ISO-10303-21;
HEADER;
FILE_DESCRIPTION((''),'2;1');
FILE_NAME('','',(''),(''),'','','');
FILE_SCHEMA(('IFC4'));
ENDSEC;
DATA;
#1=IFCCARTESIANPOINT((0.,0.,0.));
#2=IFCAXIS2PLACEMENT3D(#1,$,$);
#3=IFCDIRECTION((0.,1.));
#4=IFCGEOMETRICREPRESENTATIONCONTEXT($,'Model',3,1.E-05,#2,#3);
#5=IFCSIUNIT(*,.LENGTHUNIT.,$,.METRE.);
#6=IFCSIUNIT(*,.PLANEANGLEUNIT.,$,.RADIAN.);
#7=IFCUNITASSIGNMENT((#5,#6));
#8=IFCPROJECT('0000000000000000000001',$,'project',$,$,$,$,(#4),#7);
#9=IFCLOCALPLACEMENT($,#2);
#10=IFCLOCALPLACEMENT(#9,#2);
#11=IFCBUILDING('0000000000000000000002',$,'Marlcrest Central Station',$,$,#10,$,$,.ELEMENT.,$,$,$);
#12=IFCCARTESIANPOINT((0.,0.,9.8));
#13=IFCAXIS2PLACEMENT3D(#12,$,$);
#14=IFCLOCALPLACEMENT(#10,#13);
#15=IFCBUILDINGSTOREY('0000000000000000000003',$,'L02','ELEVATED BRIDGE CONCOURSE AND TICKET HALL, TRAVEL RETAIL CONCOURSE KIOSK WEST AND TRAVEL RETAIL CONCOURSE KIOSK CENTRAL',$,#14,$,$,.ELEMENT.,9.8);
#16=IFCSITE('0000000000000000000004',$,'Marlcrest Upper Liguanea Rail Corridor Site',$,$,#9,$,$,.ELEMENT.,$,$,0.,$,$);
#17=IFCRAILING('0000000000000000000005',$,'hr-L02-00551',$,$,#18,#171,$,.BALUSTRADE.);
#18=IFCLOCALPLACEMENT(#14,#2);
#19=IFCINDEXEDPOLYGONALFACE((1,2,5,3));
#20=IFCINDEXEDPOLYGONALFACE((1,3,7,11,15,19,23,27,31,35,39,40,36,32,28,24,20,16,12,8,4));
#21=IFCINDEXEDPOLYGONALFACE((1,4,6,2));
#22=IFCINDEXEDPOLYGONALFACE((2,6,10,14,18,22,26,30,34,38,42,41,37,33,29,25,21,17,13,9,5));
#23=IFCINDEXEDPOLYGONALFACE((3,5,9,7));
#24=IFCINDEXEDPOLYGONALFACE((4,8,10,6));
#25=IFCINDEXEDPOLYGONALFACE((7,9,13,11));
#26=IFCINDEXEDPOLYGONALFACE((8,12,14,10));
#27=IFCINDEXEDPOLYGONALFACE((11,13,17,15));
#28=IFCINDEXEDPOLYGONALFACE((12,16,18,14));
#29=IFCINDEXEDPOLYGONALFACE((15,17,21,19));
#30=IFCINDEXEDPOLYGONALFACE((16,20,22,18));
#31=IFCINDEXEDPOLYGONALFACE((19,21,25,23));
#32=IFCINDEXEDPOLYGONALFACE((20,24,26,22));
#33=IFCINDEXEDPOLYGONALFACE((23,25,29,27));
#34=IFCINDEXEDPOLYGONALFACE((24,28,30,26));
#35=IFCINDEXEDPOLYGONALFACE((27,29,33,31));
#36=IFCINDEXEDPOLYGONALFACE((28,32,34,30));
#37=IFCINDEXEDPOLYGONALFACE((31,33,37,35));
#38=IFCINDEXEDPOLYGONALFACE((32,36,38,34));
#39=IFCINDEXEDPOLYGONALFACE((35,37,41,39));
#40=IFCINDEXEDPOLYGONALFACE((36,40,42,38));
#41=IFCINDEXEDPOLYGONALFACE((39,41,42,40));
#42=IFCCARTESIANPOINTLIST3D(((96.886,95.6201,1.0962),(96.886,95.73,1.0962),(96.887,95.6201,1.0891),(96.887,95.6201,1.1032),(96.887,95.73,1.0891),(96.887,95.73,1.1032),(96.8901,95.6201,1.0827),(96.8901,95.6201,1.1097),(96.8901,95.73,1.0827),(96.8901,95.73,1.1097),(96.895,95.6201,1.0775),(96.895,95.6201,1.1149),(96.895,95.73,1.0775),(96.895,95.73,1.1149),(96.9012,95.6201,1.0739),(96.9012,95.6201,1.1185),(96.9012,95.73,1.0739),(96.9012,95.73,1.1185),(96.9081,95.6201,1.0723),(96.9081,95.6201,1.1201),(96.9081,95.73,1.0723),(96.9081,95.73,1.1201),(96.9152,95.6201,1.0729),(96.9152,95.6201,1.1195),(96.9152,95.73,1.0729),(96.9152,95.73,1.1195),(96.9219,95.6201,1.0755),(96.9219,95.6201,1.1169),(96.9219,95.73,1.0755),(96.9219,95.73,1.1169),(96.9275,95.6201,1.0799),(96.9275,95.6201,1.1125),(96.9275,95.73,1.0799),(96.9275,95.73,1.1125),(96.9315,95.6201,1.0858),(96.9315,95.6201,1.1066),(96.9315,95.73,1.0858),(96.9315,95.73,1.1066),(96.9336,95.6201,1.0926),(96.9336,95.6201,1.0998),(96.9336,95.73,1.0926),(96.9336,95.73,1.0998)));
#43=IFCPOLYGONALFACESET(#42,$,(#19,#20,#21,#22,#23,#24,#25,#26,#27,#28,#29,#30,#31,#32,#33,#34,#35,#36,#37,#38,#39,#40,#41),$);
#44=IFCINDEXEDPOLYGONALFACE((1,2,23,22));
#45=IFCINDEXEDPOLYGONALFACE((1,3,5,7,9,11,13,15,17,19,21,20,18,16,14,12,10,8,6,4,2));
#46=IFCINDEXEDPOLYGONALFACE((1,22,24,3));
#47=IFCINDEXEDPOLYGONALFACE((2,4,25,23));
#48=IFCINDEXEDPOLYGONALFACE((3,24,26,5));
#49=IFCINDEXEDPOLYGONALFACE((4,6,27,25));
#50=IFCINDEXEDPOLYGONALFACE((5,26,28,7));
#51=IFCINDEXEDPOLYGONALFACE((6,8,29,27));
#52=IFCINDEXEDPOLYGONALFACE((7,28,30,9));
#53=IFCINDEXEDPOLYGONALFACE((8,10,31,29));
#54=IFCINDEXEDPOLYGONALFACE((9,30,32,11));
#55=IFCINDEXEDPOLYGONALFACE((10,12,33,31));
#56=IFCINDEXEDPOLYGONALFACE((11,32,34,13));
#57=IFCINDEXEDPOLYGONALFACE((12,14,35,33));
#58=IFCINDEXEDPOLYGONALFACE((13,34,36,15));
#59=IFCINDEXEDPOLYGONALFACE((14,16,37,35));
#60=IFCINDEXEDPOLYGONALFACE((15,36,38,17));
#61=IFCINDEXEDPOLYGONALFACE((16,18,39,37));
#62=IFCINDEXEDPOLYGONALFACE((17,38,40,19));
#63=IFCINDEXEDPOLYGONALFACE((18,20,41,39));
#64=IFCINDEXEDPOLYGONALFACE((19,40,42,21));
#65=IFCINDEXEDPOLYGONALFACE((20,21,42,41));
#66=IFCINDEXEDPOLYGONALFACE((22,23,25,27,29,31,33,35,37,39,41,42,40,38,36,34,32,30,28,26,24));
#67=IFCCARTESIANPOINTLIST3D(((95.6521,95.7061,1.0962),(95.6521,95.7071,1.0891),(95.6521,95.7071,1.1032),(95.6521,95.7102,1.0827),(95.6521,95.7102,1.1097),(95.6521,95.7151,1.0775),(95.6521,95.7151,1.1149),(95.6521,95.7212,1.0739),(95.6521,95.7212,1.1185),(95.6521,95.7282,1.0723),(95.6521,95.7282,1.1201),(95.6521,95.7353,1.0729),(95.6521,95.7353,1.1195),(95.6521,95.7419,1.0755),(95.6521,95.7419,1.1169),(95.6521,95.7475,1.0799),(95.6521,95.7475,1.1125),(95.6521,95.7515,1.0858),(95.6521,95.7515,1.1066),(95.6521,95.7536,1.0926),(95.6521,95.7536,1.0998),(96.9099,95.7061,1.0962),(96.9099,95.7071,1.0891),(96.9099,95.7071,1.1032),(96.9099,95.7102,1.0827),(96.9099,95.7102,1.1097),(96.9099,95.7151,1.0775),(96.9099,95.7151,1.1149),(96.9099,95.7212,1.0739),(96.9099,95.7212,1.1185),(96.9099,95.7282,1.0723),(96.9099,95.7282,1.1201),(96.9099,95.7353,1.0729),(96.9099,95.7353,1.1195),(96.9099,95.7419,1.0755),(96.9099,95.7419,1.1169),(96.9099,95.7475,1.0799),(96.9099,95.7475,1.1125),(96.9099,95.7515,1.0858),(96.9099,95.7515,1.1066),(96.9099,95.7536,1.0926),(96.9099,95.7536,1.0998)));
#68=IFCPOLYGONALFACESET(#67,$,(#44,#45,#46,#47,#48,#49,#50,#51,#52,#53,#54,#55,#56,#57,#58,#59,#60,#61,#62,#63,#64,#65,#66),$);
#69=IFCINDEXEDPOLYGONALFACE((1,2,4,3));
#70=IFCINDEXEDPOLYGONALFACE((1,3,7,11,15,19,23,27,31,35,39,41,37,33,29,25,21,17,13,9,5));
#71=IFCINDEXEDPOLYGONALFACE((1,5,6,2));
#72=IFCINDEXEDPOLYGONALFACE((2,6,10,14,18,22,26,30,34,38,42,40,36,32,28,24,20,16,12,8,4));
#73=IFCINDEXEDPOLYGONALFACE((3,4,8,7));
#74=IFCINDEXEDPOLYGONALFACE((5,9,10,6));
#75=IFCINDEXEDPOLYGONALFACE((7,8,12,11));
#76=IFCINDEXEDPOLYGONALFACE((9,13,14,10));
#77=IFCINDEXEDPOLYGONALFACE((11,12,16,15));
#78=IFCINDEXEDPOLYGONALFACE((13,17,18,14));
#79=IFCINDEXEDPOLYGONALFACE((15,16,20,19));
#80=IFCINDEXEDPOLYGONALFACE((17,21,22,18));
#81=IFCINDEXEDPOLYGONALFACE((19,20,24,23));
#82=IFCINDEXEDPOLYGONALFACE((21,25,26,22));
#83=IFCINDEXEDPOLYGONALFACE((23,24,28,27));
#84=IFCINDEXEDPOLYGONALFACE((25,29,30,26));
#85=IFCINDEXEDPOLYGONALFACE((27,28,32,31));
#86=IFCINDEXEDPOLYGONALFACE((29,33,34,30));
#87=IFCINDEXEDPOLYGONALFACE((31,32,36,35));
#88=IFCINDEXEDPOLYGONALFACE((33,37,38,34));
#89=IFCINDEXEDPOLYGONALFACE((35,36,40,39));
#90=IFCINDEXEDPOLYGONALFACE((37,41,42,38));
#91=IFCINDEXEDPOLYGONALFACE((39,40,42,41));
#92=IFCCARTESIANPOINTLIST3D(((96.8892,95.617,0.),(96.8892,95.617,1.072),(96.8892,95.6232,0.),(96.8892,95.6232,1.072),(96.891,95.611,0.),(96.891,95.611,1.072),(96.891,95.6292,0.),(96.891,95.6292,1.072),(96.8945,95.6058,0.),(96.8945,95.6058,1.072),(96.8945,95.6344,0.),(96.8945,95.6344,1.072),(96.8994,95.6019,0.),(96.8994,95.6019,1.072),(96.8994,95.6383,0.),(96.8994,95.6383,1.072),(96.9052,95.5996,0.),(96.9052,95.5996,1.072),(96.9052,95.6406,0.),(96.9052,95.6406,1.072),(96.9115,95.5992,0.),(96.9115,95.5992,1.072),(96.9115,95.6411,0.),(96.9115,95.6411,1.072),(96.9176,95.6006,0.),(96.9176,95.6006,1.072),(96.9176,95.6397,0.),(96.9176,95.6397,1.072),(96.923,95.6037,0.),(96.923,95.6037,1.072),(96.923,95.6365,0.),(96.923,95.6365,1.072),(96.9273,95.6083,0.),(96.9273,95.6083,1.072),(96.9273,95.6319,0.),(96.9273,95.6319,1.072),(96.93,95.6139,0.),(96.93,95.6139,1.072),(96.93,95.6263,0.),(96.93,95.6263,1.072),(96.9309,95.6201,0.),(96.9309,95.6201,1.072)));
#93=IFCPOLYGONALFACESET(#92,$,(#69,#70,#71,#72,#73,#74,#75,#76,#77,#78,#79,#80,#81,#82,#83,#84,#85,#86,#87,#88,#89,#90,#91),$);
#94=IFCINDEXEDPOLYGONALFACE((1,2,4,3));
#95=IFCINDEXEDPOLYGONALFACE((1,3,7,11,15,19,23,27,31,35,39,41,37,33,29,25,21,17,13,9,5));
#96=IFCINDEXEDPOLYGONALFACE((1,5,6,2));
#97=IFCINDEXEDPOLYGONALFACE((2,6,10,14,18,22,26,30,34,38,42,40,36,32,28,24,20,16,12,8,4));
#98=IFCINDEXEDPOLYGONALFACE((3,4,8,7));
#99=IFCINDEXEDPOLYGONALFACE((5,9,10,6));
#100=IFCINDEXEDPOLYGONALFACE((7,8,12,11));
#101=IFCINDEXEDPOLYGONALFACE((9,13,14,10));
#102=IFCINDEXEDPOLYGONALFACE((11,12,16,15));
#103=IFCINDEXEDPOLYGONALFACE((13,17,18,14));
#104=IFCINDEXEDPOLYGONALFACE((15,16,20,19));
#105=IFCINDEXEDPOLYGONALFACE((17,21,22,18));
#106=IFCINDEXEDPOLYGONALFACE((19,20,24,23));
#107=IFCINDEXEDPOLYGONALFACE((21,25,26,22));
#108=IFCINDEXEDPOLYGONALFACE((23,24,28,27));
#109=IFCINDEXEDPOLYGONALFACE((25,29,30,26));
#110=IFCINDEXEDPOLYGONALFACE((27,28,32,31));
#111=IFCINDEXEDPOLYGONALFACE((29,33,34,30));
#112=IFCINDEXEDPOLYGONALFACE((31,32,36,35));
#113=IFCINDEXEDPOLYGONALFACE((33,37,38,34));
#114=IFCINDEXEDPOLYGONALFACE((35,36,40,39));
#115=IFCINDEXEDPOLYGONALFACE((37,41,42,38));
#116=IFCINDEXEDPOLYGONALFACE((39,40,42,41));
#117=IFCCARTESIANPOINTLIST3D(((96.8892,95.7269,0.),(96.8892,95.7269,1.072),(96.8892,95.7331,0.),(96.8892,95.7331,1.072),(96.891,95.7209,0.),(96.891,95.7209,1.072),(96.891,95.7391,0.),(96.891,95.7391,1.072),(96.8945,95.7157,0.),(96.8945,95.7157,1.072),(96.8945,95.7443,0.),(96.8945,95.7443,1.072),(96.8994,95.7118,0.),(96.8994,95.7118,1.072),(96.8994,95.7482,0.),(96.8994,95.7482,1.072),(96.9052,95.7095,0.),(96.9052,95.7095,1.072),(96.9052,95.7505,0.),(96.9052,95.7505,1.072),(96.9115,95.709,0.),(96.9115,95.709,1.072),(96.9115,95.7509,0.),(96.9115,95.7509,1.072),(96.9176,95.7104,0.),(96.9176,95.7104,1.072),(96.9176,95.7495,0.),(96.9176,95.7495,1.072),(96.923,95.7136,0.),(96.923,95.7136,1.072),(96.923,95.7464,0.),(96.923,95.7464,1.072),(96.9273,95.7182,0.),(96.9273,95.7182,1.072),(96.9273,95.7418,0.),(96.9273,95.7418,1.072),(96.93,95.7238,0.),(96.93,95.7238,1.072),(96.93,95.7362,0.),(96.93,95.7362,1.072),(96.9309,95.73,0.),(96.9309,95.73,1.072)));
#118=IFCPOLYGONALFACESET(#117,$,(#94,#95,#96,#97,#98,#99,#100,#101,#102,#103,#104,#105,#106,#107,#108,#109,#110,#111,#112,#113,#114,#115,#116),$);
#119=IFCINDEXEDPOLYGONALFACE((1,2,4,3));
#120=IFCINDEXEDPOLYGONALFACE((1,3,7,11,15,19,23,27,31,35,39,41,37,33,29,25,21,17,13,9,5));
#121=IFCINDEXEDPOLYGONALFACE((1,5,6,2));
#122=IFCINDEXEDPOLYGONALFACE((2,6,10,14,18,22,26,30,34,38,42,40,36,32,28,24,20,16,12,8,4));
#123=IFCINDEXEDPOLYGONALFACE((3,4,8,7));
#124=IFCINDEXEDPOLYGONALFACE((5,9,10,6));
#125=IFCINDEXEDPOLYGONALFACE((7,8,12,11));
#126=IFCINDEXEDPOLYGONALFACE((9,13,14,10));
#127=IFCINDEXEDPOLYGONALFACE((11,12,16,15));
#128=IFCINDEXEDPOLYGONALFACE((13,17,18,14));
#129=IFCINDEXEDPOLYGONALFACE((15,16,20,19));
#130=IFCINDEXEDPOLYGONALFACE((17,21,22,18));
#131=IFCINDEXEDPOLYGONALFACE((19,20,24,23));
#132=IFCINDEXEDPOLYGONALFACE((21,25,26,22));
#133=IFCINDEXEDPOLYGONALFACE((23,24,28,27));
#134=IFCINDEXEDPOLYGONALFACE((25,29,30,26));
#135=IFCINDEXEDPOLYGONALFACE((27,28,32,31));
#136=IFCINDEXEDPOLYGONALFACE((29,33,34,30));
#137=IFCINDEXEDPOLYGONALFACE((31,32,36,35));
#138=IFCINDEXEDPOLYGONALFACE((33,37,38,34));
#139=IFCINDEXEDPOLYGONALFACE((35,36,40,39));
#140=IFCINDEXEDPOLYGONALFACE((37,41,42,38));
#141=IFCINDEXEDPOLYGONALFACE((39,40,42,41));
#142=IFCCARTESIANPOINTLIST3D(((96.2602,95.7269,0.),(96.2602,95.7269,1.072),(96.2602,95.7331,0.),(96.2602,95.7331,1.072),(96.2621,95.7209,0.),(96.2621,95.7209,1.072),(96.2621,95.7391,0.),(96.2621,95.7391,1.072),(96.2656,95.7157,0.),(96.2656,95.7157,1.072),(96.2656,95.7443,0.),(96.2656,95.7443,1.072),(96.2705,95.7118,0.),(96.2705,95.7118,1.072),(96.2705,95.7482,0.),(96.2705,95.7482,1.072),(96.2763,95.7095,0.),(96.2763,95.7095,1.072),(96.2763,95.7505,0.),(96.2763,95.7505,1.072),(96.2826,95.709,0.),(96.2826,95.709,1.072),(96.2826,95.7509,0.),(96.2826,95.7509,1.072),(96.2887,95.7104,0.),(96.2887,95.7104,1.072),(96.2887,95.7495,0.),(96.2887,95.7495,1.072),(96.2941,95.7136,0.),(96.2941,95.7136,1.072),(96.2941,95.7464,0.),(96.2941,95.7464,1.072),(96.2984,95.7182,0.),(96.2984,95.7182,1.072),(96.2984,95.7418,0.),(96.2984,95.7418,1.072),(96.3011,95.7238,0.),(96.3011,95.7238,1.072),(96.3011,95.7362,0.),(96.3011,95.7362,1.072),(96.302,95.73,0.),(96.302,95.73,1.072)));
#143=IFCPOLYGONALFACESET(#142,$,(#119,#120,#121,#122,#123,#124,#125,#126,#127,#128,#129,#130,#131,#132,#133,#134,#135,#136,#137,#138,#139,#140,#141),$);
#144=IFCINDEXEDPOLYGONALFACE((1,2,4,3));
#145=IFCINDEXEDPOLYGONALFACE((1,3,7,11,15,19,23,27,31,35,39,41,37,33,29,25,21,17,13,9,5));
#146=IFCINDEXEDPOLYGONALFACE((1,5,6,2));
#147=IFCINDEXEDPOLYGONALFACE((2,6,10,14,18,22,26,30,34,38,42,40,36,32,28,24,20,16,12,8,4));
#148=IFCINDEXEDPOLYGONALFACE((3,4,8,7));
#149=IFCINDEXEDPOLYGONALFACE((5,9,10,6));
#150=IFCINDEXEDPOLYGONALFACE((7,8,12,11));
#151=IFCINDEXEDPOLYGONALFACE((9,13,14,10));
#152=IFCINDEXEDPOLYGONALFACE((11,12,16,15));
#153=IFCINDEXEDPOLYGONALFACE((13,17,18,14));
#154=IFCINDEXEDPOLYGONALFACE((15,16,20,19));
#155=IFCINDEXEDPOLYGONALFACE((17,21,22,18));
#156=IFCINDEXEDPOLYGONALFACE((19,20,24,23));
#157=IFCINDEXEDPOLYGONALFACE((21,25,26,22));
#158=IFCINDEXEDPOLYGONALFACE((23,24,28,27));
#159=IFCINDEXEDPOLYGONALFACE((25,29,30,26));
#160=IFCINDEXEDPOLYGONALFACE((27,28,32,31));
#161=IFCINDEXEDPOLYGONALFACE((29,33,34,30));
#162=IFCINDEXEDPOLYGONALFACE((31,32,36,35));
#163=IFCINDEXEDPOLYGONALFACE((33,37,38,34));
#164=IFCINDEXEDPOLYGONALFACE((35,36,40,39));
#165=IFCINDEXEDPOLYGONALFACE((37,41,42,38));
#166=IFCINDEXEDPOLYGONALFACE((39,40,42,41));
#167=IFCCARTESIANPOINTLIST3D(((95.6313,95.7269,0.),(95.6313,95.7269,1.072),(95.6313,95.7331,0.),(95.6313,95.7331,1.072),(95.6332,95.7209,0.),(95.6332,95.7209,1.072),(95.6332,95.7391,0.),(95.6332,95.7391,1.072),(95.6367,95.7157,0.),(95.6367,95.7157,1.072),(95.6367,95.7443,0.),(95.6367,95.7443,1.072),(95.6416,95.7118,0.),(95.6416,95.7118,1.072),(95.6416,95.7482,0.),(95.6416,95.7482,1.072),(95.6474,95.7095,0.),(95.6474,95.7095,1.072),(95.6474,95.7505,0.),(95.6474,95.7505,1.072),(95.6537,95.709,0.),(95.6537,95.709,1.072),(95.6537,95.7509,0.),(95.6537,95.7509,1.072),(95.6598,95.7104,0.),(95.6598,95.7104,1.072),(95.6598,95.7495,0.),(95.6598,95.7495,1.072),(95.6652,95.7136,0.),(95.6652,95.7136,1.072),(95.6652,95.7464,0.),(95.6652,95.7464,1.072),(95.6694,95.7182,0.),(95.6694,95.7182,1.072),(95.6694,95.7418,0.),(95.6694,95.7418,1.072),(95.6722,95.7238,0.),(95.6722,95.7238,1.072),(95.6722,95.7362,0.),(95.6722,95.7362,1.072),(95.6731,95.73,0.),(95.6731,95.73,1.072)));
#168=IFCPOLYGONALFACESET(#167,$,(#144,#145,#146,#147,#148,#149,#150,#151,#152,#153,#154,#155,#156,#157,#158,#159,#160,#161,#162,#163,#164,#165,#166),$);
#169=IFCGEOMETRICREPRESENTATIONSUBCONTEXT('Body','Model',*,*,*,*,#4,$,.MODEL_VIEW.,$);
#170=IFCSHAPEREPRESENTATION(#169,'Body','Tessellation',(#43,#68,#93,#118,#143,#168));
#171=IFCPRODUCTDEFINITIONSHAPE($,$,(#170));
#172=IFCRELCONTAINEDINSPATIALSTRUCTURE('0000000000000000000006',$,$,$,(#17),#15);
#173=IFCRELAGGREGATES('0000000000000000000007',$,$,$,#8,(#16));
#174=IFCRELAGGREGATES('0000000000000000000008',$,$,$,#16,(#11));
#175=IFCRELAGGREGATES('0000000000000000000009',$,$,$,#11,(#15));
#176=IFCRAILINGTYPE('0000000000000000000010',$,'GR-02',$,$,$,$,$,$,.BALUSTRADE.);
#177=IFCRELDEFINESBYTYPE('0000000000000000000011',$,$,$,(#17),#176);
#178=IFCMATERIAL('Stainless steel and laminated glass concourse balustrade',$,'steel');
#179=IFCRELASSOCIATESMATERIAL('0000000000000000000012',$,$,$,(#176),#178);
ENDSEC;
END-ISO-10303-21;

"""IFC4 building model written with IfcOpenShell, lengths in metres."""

from ifc_helpers import new_model, si_unit, direction, frame, origin, origin_2d, place, context, subcontext, project, spatial, circle, extrude, material, type_object, element, save


model = new_model("IFC4")

# Units and contexts
model_context = context("Model", 3, precision=1e-05, world=origin(), true_north=direction((0.0, 1.0)))
body_context = subcontext(model_context, "Body", "Model", "MODEL_VIEW")
ifc_project = project(units=[si_unit("LENGTHUNIT", "METRE"), si_unit("PLANEANGLEUNIT", "RADIAN")], contexts=[model_context])

# Site, building, storey
site_placement = place(None, origin())
site = spatial("IfcSite", under=ifc_project, at=site_placement, Name="Marlcrest Upper Liguanea Rail Corridor Site", CompositionType="ELEMENT", RefElevation=0.0)
building_placement = place(site_placement, origin())
building = spatial("IfcBuilding", under=site, at=building_placement, Name="Marlcrest Central Station", CompositionType="ELEMENT")
storey_placement = place(building_placement, frame((0.0, 0.0, 9.8)))
storey = spatial("IfcBuildingStorey", under=building, at=storey_placement, Name="L02", Description="ELEVATED BRIDGE CONCOURSE AND TICKET HALL, TRAVEL RETAIL CONCOURSE KIOSK WEST AND TRAVEL RETAIL CONCOURSE KIOSK CENTRAL", CompositionType="ELEMENT", Elevation=9.8)

# Railing
ifc_material_1 = material(Name="Stainless steel and laminated glass concourse balustrade", Category="steel")
railing_type = type_object("IfcRailingType", Name="GR-02", PredefinedType="BALUSTRADE", material=ifc_material_1)
railing_1_placement = place(storey_placement, frame((96.9099, 95.6201, 0.0)))
element("IfcRailing", 1, at=railing_1_placement, inside=storey, type_object=railing_type, Name="hr-L02-00551", PredefinedType="BALUSTRADE", context=body_context, shape_type="SweptSolid", body=[
    extrude(circle(Radius=0.0239, at=origin_2d()), frame((0.0, 0.0, 1.0962), z_axis=(0.0, 1.0, 0.0), x_axis=(-1.0, 0.0, 0.0)), (0.0, 0.0, 1.0), 0.1099),
    extrude(circle(Radius=0.0239, at=origin_2d()), frame((0.0, 0.1099, 1.0962), z_axis=(-1.0, 0.0, 0.0), x_axis=(0.0, -1.0, 0.0)), (0.0, 0.0, 1.0), 1.2578),
    extrude(circle(Radius=0.021, at=origin_2d()), origin(), (0.0, 0.0, 1.0), 1.072),
    extrude(circle(Radius=0.021, at=origin_2d()), frame((0.0, 0.1099, 0.0)), (0.0, 0.0, 1.0), 1.072),
    extrude(circle(Radius=0.021, at=origin_2d()), frame((-0.6289, 0.1099, 0.0)), (0.0, 0.0, 1.0), 1.072),
    extrude(circle(Radius=0.021, at=origin_2d()), frame((-1.2578, 0.1099, 0.0)), (0.0, 0.0, 1.0), 1.072),
])

save(model, "model.ifc")
